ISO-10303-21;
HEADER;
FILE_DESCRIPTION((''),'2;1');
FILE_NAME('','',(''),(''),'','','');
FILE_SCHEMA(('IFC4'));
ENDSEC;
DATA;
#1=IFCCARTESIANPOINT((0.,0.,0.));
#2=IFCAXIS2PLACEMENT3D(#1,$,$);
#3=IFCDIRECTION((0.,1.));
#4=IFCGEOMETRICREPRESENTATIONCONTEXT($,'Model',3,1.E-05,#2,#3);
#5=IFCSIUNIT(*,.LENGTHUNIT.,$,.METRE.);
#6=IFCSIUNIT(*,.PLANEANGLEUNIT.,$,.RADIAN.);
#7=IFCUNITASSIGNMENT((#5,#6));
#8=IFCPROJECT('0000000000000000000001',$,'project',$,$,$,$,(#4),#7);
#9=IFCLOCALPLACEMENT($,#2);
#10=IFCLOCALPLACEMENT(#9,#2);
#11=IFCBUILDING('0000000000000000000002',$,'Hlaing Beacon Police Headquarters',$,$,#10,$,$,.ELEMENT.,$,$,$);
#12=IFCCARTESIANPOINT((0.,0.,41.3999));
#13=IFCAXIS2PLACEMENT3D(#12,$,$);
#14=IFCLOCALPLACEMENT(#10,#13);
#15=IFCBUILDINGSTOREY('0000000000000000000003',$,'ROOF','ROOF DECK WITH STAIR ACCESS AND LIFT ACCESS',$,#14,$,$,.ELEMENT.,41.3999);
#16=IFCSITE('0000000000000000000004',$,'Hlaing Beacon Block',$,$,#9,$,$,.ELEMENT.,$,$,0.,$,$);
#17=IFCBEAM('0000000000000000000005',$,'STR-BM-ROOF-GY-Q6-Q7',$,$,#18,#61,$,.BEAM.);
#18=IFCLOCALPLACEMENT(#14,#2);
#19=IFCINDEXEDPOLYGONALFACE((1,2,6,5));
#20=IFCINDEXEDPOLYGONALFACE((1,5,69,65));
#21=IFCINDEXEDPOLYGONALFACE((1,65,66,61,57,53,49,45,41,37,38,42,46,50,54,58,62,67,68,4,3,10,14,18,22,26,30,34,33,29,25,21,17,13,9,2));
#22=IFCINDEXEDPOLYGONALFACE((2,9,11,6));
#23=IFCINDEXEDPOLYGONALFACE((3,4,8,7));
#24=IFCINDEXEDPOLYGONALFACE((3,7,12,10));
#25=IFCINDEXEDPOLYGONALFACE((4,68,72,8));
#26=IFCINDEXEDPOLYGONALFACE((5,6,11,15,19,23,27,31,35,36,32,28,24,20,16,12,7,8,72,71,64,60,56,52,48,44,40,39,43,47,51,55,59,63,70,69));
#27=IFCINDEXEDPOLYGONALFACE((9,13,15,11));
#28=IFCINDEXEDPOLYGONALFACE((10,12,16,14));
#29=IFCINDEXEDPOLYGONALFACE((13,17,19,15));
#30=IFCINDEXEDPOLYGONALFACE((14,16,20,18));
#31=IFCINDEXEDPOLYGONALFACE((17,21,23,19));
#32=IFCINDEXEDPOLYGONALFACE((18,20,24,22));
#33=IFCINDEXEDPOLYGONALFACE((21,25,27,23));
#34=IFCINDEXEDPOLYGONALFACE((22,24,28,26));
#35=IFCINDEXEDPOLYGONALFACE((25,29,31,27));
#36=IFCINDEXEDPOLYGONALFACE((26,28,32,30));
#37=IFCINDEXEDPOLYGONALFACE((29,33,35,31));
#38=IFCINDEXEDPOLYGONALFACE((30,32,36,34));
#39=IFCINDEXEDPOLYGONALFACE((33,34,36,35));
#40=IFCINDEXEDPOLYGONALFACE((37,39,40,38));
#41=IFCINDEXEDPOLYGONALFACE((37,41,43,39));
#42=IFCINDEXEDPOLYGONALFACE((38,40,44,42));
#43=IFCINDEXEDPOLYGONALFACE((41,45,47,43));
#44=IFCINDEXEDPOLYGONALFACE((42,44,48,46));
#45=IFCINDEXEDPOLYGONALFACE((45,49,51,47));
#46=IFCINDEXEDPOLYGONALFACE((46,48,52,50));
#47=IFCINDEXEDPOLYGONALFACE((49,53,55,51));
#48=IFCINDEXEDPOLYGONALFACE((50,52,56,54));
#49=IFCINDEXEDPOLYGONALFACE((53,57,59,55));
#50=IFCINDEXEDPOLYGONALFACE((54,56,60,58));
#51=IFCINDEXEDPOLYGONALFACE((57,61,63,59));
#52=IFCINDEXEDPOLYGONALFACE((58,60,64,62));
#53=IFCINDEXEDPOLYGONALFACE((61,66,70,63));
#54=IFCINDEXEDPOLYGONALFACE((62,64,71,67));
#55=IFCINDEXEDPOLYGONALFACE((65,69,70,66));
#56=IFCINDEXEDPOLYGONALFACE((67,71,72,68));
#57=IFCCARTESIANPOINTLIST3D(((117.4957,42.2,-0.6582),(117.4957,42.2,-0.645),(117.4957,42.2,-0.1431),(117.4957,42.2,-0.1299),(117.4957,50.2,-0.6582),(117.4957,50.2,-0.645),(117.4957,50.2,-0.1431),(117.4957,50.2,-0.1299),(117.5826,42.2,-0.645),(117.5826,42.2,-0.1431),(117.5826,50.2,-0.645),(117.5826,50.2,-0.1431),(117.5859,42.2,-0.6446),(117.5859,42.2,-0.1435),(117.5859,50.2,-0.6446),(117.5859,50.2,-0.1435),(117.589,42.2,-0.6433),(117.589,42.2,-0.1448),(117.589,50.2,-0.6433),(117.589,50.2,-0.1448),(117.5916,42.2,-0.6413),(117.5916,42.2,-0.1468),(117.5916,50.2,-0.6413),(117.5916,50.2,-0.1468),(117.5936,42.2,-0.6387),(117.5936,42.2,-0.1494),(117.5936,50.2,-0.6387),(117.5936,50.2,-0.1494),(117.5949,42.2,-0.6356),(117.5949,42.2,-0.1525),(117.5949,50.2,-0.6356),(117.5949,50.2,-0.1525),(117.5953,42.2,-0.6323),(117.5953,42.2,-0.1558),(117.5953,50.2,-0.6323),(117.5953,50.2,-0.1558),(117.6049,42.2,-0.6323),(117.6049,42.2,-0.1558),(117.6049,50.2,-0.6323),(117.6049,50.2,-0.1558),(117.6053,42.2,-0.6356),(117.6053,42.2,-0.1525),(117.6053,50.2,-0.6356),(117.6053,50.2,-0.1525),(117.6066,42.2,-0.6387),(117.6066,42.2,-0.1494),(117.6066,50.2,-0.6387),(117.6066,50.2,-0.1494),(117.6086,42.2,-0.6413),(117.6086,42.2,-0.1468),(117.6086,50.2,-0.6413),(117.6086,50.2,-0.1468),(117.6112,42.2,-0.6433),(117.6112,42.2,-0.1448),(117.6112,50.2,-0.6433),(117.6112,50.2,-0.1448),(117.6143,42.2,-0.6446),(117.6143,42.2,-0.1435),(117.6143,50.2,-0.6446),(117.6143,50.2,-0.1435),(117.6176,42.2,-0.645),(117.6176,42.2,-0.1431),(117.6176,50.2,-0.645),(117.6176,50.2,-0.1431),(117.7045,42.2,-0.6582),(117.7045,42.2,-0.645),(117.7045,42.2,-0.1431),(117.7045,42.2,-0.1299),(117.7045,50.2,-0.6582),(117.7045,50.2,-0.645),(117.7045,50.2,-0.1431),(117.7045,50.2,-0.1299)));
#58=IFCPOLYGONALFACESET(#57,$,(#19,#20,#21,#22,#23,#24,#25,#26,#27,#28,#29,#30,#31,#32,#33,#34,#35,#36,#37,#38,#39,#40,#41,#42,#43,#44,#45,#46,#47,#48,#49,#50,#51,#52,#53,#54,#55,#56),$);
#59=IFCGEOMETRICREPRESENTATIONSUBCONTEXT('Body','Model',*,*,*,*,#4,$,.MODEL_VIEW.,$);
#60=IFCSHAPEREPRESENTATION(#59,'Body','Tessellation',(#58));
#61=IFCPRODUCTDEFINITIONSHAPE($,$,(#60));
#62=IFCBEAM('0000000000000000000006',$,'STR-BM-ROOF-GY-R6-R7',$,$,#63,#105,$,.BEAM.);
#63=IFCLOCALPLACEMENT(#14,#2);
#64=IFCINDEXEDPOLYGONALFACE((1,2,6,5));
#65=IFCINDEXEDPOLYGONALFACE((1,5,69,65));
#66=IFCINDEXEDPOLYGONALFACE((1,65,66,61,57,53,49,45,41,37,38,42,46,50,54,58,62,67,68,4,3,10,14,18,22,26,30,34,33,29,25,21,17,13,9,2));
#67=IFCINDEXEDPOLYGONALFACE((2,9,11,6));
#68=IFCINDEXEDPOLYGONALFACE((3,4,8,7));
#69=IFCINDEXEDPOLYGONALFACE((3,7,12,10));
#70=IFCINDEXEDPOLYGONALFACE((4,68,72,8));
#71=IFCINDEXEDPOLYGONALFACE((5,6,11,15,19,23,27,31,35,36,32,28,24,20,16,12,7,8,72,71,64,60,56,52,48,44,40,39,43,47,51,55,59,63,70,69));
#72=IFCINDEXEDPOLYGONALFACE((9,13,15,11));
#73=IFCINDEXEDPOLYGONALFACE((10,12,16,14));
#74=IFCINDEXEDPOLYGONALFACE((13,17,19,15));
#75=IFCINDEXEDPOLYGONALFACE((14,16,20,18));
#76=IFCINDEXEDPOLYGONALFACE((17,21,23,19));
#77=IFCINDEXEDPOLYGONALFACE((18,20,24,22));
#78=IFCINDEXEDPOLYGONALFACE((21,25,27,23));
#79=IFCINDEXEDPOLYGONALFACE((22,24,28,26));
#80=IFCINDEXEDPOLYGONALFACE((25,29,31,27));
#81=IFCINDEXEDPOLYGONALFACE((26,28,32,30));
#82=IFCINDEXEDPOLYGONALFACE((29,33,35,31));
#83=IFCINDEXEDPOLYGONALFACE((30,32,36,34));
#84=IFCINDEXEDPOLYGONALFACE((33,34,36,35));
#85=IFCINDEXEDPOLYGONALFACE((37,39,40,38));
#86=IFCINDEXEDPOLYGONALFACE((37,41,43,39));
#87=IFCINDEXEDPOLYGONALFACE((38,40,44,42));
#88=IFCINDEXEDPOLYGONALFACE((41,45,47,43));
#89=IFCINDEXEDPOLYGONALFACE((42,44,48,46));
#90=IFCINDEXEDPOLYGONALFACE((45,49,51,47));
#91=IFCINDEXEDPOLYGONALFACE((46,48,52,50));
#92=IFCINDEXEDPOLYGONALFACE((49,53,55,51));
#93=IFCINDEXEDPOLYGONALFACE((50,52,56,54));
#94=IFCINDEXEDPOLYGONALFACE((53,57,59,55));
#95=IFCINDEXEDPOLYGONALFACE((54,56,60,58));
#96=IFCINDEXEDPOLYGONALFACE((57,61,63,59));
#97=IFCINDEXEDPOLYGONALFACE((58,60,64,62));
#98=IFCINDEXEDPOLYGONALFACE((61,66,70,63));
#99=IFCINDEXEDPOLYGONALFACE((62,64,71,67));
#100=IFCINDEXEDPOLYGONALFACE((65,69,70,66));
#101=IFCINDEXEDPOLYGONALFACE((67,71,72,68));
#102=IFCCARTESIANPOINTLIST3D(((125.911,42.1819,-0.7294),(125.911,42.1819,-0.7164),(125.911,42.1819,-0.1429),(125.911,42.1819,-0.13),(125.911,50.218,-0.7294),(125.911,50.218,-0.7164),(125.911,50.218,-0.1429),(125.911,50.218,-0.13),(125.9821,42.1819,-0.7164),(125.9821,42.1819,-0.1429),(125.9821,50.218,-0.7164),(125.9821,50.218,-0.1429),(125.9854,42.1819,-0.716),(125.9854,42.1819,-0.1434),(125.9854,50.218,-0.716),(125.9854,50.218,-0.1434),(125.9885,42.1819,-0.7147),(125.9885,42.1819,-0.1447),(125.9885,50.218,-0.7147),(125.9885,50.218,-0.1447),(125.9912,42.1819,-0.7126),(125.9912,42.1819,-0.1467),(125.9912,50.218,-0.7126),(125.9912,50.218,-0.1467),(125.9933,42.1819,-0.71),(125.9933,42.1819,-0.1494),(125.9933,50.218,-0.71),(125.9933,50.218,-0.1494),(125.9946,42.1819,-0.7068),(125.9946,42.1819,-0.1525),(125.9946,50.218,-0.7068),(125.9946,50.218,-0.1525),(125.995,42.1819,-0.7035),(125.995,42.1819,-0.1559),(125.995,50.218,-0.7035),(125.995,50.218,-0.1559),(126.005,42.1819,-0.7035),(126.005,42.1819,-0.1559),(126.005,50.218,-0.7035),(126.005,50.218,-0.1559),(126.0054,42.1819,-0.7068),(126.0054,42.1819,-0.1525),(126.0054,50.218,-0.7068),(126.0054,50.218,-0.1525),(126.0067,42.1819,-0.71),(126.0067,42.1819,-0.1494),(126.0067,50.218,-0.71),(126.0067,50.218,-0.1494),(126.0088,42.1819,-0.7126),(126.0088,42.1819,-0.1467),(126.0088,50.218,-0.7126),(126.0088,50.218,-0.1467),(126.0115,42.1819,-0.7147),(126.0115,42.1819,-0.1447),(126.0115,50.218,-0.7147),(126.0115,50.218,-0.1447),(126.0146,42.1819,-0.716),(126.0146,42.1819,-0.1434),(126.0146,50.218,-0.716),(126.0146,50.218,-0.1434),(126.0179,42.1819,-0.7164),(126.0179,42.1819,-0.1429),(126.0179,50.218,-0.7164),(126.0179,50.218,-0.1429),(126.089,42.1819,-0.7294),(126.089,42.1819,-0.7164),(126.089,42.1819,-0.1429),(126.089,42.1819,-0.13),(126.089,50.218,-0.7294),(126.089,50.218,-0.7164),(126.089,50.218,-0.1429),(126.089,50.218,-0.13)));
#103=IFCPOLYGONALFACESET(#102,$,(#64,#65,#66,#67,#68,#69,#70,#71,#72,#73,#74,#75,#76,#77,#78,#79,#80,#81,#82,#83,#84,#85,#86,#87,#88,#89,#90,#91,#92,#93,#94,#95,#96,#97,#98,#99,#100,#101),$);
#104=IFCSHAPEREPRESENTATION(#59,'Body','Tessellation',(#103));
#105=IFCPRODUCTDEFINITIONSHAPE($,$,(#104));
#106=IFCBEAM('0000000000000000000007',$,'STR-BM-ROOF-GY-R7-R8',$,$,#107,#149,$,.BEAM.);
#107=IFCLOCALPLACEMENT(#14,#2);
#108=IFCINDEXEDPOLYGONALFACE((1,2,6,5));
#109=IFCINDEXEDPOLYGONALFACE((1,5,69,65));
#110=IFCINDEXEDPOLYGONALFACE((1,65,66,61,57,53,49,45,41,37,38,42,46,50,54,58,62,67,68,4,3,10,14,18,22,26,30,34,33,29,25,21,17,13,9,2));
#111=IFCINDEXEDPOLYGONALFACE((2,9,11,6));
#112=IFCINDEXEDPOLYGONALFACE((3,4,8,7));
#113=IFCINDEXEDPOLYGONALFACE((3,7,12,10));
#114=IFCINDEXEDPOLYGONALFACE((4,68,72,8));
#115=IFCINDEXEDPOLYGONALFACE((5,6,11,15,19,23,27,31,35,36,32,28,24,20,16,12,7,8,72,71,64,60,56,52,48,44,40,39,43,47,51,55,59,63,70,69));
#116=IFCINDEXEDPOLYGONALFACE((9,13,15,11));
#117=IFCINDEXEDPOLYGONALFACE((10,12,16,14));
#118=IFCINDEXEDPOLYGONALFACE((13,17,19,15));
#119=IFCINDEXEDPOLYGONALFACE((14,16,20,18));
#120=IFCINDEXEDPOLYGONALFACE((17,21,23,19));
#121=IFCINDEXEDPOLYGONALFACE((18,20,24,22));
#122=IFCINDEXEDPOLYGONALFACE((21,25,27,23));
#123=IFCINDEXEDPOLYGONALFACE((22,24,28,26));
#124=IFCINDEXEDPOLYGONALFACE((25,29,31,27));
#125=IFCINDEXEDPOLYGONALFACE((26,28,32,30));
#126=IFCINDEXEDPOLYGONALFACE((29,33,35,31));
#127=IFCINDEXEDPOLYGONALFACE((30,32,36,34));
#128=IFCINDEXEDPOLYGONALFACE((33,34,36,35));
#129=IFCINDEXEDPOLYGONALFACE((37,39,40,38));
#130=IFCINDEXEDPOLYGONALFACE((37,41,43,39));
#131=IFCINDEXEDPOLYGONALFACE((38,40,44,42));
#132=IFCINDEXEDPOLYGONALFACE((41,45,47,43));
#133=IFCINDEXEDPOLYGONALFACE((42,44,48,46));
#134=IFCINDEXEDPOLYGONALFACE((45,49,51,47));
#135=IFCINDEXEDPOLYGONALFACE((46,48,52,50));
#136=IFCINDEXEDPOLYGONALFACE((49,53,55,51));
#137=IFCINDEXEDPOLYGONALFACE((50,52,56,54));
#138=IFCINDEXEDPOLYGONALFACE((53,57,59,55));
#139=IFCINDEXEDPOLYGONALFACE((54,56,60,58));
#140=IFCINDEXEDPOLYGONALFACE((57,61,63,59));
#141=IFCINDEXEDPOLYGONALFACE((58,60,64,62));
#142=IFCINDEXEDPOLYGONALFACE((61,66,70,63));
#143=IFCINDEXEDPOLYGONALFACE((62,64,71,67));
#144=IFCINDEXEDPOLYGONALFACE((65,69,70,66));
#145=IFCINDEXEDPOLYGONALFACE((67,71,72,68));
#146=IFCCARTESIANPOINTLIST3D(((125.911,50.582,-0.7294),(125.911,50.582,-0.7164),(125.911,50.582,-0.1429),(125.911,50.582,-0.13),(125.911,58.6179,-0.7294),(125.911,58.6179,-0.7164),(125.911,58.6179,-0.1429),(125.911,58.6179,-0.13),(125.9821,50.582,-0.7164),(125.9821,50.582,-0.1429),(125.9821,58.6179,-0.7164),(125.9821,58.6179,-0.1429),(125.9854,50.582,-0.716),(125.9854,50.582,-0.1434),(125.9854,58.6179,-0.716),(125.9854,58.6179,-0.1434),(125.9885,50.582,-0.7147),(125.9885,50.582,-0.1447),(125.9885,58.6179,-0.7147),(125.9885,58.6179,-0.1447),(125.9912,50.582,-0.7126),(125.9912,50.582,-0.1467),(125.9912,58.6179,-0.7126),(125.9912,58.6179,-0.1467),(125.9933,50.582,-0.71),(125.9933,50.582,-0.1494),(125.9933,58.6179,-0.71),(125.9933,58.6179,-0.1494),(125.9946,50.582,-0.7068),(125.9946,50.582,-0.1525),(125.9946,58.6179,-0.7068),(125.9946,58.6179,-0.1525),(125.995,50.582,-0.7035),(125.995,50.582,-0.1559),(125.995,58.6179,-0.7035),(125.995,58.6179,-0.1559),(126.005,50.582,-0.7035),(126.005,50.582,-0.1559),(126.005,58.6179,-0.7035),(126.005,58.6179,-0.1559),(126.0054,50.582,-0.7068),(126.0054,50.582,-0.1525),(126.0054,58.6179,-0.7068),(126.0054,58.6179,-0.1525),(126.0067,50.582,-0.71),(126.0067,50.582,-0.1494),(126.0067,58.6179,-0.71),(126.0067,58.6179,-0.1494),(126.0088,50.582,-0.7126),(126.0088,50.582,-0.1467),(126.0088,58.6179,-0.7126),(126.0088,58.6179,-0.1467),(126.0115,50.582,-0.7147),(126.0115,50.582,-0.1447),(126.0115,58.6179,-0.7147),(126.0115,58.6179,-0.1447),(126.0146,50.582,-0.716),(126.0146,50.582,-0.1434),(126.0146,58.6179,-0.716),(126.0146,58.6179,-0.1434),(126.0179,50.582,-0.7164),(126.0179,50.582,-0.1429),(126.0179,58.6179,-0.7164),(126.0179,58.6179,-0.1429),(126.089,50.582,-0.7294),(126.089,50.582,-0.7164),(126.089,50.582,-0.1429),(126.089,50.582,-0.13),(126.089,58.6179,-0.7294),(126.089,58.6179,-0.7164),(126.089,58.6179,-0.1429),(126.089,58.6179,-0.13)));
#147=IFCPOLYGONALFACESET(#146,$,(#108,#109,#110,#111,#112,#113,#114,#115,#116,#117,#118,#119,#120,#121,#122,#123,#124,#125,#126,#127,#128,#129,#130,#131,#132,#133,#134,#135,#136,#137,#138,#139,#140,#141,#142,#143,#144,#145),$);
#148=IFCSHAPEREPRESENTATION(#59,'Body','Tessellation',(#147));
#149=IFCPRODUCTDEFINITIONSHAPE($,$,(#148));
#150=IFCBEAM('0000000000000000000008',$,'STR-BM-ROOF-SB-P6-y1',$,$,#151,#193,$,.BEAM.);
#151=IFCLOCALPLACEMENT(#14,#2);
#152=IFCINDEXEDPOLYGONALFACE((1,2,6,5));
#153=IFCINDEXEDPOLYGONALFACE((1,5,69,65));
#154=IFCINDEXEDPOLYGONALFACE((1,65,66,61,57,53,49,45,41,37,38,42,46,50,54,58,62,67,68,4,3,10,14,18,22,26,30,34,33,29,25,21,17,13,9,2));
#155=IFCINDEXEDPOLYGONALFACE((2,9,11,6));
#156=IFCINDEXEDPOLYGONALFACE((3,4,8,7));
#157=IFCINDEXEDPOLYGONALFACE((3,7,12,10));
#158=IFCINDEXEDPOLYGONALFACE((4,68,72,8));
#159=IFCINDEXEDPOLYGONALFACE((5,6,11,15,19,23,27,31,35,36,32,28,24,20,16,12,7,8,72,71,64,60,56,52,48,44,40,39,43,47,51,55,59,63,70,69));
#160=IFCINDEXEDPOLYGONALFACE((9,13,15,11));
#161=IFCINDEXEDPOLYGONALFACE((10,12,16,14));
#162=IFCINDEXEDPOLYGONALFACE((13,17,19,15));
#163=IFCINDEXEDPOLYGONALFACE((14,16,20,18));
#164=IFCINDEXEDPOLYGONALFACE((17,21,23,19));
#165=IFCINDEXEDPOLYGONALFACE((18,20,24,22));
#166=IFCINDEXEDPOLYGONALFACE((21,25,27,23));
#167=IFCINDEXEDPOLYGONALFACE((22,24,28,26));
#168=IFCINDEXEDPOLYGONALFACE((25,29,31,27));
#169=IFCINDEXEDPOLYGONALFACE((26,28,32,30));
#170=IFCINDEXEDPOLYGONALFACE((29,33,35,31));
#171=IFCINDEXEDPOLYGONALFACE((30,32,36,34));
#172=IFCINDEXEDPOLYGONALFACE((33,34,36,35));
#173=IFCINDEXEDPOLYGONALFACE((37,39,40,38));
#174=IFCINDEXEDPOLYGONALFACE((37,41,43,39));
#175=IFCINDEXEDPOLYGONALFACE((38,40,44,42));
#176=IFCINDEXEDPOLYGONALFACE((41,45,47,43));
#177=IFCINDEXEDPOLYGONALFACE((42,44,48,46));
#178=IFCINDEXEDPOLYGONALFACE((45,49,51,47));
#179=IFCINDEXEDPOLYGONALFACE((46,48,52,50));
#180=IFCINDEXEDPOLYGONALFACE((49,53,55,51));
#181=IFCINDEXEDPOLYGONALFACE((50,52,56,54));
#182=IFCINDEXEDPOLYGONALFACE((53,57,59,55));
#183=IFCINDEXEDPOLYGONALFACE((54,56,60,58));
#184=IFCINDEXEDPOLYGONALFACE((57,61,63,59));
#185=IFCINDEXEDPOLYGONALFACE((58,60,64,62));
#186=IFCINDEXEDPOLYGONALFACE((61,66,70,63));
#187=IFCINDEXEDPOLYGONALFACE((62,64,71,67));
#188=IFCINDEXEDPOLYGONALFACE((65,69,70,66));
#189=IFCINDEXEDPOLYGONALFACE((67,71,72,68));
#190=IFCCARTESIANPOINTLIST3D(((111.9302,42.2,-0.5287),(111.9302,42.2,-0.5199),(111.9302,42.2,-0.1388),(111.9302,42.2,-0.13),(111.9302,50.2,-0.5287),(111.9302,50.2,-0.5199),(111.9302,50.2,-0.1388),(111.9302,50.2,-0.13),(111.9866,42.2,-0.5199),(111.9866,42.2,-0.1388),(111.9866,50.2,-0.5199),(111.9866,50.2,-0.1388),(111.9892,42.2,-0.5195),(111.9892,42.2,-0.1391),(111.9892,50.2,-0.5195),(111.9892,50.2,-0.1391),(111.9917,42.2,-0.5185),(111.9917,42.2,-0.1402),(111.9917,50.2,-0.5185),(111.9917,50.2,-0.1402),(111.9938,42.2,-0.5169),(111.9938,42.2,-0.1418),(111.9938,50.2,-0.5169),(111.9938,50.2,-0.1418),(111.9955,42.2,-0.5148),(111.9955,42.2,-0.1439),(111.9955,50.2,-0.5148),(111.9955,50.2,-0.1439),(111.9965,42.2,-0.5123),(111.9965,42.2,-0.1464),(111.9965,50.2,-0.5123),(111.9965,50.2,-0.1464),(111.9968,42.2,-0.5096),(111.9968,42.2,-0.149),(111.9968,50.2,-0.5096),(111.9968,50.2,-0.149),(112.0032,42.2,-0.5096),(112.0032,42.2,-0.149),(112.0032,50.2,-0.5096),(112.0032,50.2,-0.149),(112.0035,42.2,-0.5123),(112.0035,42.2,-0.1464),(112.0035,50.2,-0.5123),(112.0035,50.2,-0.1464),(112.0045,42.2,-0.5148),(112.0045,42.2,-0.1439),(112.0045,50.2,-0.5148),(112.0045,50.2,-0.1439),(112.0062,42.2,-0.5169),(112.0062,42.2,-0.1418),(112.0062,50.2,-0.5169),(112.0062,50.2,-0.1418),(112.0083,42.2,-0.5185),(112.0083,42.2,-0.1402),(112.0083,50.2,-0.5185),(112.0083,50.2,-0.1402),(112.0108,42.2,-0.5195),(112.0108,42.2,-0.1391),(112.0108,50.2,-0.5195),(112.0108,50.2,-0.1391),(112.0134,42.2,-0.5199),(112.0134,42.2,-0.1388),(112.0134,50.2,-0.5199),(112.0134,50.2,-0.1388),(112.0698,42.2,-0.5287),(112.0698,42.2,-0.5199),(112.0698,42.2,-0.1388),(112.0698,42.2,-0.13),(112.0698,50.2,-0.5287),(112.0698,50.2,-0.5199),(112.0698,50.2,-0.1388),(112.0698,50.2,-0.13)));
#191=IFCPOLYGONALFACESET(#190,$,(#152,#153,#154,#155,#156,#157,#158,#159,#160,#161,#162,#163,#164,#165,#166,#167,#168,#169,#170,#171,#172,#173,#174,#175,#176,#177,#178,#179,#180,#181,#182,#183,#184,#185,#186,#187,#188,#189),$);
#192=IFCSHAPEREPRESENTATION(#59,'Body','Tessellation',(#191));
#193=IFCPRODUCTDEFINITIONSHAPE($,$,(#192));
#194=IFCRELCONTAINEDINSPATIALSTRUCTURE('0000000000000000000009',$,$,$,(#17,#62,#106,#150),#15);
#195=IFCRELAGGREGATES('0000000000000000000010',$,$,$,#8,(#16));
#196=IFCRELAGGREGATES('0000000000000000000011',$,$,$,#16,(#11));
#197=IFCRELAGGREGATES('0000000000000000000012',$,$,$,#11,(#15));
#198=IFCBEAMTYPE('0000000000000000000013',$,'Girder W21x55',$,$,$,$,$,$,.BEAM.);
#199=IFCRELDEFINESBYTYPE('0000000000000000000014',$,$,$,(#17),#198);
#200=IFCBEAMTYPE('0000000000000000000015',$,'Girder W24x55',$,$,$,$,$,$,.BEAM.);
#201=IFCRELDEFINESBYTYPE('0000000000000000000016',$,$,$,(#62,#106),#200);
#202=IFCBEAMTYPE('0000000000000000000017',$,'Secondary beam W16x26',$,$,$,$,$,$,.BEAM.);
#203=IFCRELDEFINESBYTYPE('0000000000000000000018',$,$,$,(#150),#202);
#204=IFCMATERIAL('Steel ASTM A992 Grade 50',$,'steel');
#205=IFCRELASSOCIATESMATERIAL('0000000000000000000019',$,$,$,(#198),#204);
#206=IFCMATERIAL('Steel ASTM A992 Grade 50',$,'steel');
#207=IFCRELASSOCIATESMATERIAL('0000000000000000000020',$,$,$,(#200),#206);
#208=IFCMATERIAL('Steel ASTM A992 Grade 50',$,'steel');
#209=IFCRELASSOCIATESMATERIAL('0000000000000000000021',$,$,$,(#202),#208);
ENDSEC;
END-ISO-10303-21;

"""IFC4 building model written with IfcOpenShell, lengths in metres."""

from ifc_helpers import new_model, si_unit, direction, frame, origin, origin_2d, place, context, subcontext, project, spatial, i_section, extrude, material, material_profile, profile_set, type_object, element, save


model = new_model("IFC4")

# Units and contexts
model_context = context("Model", 3, precision=1e-05, world=origin(), true_north=direction((0.0, 1.0)))
body_context = subcontext(model_context, "Body", "Model", "MODEL_VIEW")
ifc_project = project(units=[si_unit("LENGTHUNIT", "METRE"), si_unit("PLANEANGLEUNIT", "RADIAN")], contexts=[model_context])

# Site, building, storey
site_placement = place(None, origin())
site = spatial("IfcSite", under=ifc_project, at=site_placement, Name="Hlaing Beacon Block", CompositionType="ELEMENT", RefElevation=0.0)
building_placement = place(site_placement, origin())
building = spatial("IfcBuilding", under=site, at=building_placement, Name="Hlaing Beacon Police Headquarters", CompositionType="ELEMENT")
storey_placement = place(building_placement, frame((0.0, 0.0, 41.3999)))
storey = spatial("IfcBuildingStorey", under=building, at=storey_placement, Name="ROOF", Description="ROOF DECK WITH STAIR ACCESS AND LIFT ACCESS", CompositionType="ELEMENT", Elevation=41.3999)

# Beams
ifc_material_1 = material(Name="Steel ASTM A992 Grade 50", Category="steel")
ifc_material_profile_1 = material_profile(ifc_material_1, i_section(OverallWidth=0.2087, OverallDepth=0.5283, WebThickness=0.0095, FlangeThickness=0.0132, FilletRadius=0.0127, at=origin_2d()), Name="W21x55")
ifc_profile_set_1 = profile_set([ifc_material_profile_1], Name="Steel ASTM A992 Grade 50")
beam_type_1 = type_object("IfcBeamType", Name="Girder W21x55", PredefinedType="BEAM", material=ifc_profile_set_1)
beam_1_placement = place(storey_placement, frame((117.6001, 42.2, -0.394), z_axis=(0.0, 1.0, 0.0), x_axis=(-1.0, 0.0, 0.0)))
element("IfcBeam", 1, at=beam_1_placement, inside=storey, type_object=beam_type_1, Name="STR-BM-ROOF-GY-Q6-Q7", PredefinedType="BEAM", context=body_context, shape_type="SweptSolid", body=[
    extrude(i_section(OverallWidth=0.2087, OverallDepth=0.5283, WebThickness=0.0095, FlangeThickness=0.0132, FilletRadius=0.0127, at=origin_2d()), origin(), (0.0, 0.0, 1.0), 8.0),
])
ifc_material_2 = material(Name="Steel ASTM A992 Grade 50", Category="steel")
ifc_material_profile_2 = material_profile(ifc_material_2, i_section(OverallWidth=0.178, OverallDepth=0.5994, WebThickness=0.01, FlangeThickness=0.0129, FilletRadius=0.0129, at=origin_2d()), Name="W24x55")
ifc_profile_set_2 = profile_set([ifc_material_profile_2], Name="Steel ASTM A992 Grade 50")
beam_type_2 = type_object("IfcBeamType", Name="Girder W24x55", PredefinedType="BEAM", material=ifc_profile_set_2)
beam_2_placement = place(storey_placement, frame((126.0, 42.1819, -0.4297), z_axis=(0.0, 1.0, 0.0), x_axis=(-1.0, 0.0, 0.0)))
element("IfcBeam", 2, at=beam_2_placement, inside=storey, type_object=beam_type_2, Name="STR-BM-ROOF-GY-R6-R7", PredefinedType="BEAM", context=body_context, shape_type="SweptSolid", body=[
    extrude(i_section(OverallWidth=0.178, OverallDepth=0.5994, WebThickness=0.01, FlangeThickness=0.0129, FilletRadius=0.0129, at=origin_2d()), origin(), (0.0, 0.0, 1.0), 8.0361),
])
beam_3_placement = place(storey_placement, frame((126.0, 50.582, -0.4297), z_axis=(0.0, 1.0, 0.0), x_axis=(-1.0, 0.0, 0.0)))
element("IfcBeam", 3, at=beam_3_placement, inside=storey, type_object=beam_type_2, Name="STR-BM-ROOF-GY-R7-R8", PredefinedType="BEAM", context=body_context, shape_type="SweptSolid", body=[
    extrude(i_section(OverallWidth=0.178, OverallDepth=0.5994, WebThickness=0.01, FlangeThickness=0.0129, FilletRadius=0.0129, at=origin_2d()), origin(), (0.0, 0.0, 1.0), 8.0359),
])
ifc_material_3 = material(Name="Steel ASTM A992 Grade 50", Category="steel")
ifc_material_profile_3 = material_profile(ifc_material_3, i_section(OverallWidth=0.1396, OverallDepth=0.3987, WebThickness=0.0063, FlangeThickness=0.0088, FilletRadius=0.0103, at=origin_2d()), Name="W16x26")
ifc_profile_set_3 = profile_set([ifc_material_profile_3], Name="Steel ASTM A992 Grade 50")
beam_type_3 = type_object("IfcBeamType", Name="Secondary beam W16x26", PredefinedType="BEAM", material=ifc_profile_set_3)
for number, where, z_axis, x_axis, name in (
    (4, (112.0, 42.2, -0.3293), (0.0, 1.0, 0.0), (-1.0, 0.0, 0.0), "STR-BM-ROOF-SB-P6-y1"),
):
    element("IfcBeam", number, at=place(storey_placement, frame(where, z_axis=z_axis, x_axis=x_axis)), inside=storey, type_object=beam_type_3, Name=name, PredefinedType="BEAM", context=body_context, shape_type="SweptSolid", body=[
        extrude(i_section(OverallWidth=0.1396, OverallDepth=0.3987, WebThickness=0.0063, FlangeThickness=0.0088, FilletRadius=0.0103, at=origin_2d()), origin(), (0.0, 0.0, 1.0), 8.0),
    ])

save(model, "model.ifc")
